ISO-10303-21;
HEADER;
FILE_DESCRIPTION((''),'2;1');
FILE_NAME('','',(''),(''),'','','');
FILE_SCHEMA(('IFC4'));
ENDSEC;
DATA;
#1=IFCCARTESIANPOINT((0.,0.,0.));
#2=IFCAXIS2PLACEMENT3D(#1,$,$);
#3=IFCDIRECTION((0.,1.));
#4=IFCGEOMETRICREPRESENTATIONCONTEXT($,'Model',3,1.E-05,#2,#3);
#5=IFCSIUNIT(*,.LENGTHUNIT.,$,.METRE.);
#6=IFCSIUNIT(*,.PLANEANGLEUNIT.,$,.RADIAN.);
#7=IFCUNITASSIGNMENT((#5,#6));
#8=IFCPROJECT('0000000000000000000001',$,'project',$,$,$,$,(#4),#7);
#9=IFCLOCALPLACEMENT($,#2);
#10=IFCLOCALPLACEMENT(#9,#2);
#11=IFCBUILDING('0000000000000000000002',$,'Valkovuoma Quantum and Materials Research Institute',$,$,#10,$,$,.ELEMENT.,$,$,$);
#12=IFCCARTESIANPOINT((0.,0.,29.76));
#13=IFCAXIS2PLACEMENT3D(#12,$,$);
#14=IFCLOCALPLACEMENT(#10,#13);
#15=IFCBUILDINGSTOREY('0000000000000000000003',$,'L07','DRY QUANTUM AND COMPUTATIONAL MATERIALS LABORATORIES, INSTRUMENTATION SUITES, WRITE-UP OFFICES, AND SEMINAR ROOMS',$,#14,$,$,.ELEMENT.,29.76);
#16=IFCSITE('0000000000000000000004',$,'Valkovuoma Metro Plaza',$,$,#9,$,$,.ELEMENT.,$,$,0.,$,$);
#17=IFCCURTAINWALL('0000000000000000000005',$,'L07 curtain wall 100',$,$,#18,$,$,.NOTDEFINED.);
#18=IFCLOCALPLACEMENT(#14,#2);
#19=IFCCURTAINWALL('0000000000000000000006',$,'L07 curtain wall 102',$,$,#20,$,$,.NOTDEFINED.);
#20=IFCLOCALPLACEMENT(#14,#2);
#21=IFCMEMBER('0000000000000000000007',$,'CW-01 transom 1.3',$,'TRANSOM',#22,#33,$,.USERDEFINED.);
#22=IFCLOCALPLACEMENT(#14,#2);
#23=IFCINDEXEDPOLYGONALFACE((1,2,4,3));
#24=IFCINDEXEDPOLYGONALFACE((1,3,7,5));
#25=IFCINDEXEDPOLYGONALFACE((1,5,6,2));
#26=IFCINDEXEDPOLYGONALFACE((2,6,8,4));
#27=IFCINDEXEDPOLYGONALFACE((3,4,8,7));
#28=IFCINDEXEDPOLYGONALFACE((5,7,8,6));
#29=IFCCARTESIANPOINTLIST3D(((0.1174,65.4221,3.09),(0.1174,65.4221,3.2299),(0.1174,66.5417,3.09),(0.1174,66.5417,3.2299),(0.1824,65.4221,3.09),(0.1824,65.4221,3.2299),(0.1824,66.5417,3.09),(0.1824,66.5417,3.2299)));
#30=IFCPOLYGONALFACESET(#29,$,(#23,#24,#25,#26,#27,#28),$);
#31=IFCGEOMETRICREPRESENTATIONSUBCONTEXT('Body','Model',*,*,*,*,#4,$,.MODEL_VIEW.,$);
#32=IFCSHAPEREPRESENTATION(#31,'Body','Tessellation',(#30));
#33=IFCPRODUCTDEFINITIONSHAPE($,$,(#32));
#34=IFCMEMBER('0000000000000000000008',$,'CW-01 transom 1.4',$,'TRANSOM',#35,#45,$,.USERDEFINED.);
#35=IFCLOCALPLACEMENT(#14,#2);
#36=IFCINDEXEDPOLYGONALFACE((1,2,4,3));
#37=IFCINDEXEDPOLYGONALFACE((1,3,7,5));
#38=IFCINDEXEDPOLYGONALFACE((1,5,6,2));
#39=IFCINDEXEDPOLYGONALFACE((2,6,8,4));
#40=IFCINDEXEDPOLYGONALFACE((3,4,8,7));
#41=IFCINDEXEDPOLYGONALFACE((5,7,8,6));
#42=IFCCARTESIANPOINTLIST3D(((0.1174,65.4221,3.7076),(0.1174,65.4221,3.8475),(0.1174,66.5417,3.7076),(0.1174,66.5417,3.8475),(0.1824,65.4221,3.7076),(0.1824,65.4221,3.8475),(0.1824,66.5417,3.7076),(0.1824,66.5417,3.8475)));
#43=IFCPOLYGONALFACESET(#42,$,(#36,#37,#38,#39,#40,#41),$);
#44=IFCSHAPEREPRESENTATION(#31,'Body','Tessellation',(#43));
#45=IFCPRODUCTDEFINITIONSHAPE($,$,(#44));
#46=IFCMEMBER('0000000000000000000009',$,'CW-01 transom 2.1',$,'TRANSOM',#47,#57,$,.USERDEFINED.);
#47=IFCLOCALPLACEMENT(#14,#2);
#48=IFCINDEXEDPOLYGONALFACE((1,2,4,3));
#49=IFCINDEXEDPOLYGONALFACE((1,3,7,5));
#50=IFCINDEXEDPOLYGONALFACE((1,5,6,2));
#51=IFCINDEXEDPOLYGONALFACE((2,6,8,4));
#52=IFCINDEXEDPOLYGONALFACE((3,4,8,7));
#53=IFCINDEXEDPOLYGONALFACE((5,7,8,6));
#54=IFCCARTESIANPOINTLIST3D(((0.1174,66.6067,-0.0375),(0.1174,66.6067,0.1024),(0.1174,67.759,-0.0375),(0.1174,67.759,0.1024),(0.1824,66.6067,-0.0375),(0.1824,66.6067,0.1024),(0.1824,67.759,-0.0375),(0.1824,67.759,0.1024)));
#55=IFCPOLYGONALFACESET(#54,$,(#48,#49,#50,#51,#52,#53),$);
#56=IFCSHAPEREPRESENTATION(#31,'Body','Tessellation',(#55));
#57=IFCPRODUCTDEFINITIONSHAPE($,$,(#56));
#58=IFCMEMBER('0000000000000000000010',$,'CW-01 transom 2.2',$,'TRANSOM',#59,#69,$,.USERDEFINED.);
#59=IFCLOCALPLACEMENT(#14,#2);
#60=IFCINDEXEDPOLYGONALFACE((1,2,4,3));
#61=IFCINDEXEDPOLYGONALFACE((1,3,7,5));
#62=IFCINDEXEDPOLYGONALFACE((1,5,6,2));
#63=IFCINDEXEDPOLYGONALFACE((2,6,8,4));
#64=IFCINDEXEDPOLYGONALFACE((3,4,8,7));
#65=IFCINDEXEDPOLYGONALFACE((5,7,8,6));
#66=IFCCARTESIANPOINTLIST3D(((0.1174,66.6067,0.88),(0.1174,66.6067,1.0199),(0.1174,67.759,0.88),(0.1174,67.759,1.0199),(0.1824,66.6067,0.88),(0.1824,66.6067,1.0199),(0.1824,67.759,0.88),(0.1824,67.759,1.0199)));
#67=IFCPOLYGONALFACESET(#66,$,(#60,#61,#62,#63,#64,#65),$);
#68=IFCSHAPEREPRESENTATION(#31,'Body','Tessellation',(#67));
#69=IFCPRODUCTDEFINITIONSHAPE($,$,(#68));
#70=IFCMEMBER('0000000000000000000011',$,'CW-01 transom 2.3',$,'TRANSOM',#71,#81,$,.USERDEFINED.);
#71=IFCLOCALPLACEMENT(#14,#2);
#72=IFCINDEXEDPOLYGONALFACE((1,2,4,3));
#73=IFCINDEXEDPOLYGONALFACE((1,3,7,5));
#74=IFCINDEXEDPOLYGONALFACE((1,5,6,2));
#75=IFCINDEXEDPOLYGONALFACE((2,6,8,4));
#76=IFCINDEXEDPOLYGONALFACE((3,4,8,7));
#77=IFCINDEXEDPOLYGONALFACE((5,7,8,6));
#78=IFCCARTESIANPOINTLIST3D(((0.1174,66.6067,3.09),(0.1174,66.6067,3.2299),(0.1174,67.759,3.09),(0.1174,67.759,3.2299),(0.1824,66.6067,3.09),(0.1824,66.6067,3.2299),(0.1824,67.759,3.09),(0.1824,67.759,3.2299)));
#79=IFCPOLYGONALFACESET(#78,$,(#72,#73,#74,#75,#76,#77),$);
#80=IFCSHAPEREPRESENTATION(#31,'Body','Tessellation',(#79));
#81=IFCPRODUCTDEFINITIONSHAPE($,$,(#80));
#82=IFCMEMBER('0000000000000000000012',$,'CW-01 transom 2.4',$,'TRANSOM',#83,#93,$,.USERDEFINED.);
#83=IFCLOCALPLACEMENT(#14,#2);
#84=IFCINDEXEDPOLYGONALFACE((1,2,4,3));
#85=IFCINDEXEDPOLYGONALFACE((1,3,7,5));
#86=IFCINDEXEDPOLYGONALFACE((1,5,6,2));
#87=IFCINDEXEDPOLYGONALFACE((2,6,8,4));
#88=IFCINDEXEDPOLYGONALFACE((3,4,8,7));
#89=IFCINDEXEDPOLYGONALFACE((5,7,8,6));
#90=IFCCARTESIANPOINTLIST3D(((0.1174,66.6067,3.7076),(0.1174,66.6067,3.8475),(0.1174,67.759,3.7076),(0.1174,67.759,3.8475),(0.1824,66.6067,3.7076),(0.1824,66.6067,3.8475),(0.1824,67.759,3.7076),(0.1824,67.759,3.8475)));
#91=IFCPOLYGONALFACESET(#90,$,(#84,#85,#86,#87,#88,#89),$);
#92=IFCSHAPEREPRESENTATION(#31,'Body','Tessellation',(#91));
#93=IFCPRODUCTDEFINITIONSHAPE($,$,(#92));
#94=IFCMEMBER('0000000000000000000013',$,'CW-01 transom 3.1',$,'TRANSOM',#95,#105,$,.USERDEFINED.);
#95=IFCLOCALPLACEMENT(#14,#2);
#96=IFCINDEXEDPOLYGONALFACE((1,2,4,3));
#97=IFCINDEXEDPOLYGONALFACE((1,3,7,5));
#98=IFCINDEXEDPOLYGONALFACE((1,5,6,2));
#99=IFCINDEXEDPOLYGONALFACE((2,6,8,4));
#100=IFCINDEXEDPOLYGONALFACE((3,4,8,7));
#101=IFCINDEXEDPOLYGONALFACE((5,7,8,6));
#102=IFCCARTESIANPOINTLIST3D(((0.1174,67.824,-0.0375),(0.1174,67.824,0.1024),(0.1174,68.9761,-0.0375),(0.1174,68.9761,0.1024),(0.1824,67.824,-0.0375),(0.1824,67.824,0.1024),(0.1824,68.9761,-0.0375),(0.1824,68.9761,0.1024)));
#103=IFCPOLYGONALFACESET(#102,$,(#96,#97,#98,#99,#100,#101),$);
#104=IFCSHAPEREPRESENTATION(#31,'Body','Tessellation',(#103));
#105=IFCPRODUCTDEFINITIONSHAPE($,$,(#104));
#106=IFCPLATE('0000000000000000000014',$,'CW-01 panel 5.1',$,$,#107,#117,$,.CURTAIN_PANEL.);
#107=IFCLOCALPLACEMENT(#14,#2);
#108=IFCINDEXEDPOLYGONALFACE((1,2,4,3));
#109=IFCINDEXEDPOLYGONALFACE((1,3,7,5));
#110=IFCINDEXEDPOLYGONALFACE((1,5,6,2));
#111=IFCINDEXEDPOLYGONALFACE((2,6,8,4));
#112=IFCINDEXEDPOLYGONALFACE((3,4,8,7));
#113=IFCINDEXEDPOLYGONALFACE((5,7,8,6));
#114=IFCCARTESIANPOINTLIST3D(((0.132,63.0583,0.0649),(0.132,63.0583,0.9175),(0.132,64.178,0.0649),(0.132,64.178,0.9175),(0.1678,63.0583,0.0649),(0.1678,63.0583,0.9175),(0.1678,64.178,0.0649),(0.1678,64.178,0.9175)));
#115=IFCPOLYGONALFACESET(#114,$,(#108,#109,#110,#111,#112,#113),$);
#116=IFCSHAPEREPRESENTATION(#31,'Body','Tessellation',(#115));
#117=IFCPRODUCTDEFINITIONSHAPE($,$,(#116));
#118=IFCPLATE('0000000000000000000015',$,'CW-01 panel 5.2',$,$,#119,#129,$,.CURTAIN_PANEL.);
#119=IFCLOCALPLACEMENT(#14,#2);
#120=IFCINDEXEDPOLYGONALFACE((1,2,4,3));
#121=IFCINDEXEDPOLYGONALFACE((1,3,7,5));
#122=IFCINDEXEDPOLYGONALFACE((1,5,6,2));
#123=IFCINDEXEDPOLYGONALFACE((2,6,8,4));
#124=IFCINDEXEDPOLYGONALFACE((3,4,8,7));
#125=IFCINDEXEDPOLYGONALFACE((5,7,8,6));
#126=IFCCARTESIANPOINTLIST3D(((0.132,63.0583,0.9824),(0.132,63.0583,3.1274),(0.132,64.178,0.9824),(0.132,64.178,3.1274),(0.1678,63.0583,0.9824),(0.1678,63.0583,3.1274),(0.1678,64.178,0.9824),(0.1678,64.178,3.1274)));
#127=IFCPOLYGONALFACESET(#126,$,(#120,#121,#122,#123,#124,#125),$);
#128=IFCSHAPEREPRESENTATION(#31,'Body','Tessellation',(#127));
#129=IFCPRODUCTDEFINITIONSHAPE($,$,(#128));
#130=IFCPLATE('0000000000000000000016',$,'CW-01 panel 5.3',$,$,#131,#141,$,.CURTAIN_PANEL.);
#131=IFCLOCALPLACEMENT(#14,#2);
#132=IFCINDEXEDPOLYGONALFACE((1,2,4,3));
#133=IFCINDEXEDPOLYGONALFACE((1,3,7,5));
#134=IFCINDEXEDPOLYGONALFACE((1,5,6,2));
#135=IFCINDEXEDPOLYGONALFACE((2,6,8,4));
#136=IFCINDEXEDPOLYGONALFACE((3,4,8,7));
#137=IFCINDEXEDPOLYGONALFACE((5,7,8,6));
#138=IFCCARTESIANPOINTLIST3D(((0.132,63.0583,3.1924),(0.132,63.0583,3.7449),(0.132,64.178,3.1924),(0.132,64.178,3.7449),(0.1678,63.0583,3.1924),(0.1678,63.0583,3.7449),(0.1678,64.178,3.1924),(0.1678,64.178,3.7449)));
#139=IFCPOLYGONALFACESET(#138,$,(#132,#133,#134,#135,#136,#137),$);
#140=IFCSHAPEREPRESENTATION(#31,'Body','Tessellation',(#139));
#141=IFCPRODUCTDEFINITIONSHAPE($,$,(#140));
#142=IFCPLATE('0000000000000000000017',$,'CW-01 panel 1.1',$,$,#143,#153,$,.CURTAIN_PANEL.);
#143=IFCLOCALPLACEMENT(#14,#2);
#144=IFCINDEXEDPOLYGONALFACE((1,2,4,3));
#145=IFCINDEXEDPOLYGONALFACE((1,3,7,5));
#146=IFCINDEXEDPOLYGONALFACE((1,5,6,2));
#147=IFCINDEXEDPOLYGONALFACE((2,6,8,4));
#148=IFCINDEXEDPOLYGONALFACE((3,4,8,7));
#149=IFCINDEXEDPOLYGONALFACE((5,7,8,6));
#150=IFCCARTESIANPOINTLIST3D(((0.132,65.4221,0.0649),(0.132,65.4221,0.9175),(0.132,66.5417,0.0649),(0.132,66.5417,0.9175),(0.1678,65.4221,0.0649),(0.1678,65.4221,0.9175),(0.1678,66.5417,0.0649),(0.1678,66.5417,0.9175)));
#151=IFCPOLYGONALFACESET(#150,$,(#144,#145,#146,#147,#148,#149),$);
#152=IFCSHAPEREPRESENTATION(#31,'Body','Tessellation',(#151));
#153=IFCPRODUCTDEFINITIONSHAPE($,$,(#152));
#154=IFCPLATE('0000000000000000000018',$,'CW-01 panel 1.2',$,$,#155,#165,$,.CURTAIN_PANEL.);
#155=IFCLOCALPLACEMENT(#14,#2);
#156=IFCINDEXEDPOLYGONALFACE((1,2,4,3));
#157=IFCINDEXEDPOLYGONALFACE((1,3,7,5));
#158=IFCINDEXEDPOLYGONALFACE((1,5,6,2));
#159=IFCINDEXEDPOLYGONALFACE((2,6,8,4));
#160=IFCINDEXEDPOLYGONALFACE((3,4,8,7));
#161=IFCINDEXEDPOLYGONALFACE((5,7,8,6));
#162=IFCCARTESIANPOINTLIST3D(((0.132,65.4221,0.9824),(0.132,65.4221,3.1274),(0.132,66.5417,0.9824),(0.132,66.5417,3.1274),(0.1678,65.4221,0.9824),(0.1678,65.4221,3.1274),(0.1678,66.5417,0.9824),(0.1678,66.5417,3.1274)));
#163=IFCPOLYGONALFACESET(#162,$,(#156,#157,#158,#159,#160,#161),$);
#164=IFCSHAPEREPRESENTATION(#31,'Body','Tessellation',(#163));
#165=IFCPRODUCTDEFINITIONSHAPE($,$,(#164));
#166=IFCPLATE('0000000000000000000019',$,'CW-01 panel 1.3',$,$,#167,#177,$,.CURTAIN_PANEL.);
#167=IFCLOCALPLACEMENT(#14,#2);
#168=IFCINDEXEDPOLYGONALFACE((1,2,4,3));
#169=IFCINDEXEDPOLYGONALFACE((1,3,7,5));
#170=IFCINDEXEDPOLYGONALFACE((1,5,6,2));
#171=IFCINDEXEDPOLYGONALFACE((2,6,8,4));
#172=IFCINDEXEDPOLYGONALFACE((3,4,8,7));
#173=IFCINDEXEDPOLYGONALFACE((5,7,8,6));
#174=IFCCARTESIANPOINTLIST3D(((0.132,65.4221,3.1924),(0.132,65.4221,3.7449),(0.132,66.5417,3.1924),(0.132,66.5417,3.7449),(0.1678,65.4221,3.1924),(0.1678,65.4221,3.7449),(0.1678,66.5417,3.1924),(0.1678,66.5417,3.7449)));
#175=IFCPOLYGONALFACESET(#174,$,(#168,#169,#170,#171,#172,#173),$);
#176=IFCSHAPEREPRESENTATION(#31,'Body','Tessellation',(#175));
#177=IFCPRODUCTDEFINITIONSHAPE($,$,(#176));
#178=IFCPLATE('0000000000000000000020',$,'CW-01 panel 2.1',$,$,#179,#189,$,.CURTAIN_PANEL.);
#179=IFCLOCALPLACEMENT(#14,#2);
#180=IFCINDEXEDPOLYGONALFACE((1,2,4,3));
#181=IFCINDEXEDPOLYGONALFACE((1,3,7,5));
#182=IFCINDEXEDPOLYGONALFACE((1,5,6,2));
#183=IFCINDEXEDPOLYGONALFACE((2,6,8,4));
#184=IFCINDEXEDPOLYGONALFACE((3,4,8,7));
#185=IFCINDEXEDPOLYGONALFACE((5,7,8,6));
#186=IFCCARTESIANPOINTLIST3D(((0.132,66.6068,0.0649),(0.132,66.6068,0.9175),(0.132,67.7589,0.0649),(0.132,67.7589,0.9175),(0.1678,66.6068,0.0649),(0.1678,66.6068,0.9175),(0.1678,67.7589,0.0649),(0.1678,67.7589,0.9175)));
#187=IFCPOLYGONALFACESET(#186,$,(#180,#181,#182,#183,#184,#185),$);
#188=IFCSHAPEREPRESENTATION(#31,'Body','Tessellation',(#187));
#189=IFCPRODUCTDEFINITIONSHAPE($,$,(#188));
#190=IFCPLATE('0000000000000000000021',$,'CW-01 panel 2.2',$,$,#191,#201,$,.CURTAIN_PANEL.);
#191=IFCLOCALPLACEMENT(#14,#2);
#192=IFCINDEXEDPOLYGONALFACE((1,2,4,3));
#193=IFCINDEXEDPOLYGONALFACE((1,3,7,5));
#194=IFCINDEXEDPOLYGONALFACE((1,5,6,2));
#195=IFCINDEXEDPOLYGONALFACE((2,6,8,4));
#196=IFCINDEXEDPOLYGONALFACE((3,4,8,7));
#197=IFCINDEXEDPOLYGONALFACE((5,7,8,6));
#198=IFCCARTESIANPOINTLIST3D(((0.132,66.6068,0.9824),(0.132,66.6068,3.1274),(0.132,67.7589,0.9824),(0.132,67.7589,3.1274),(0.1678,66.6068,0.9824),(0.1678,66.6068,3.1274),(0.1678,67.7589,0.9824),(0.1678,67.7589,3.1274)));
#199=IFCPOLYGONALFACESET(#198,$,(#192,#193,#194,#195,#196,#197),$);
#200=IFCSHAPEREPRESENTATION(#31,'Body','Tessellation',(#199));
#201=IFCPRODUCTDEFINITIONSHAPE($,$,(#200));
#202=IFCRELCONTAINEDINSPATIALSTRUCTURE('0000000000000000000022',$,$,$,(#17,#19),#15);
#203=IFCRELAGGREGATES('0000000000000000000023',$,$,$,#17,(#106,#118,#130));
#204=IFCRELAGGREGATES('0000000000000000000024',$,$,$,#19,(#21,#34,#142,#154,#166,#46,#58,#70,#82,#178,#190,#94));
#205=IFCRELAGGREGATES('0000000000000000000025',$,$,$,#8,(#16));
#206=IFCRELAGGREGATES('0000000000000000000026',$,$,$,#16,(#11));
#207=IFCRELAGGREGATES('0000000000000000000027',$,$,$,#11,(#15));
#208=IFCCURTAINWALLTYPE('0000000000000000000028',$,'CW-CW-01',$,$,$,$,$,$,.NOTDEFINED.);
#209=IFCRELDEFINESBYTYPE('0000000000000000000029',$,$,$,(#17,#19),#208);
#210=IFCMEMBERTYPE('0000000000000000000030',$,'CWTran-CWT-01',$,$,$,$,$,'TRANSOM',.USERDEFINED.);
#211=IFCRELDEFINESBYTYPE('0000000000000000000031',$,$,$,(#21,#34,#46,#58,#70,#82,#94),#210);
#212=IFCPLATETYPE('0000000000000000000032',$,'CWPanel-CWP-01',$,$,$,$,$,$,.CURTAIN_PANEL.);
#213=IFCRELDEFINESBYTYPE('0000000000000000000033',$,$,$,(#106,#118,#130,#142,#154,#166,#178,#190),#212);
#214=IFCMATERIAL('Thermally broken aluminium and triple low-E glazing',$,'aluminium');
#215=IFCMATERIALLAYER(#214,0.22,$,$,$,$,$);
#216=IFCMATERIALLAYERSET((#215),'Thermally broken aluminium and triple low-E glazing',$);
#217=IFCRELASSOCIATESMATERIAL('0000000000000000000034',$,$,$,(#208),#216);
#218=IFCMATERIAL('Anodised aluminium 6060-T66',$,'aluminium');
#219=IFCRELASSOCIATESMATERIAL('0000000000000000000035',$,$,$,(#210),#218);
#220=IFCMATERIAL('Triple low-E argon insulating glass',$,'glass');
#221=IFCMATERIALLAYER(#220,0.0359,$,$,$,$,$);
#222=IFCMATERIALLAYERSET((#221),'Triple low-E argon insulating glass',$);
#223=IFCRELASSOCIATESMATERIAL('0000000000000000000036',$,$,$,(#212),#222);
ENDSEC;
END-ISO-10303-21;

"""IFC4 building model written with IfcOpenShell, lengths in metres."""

from ifc_helpers import new_model, si_unit, direction, frame, origin, origin_2d, place, context, subcontext, project, spatial, rectangle, extrude, material, layer, layer_set, material_profile, profile_set, type_object, element, aggregate, save


model = new_model("IFC4")

# Units and contexts
model_context = context("Model", 3, precision=1e-05, world=origin(), true_north=direction((0.0, 1.0)))
body_context = subcontext(model_context, "Body", "Model", "MODEL_VIEW")
ifc_project = project(units=[si_unit("LENGTHUNIT", "METRE"), si_unit("PLANEANGLEUNIT", "RADIAN")], contexts=[model_context])

# Site, building, storey
site_placement = place(None, origin())
site = spatial("IfcSite", under=ifc_project, at=site_placement, Name="Valkovuoma Metro Plaza", CompositionType="ELEMENT", RefElevation=0.0)
building_placement = place(site_placement, origin())
building = spatial("IfcBuilding", under=site, at=building_placement, Name="Valkovuoma Quantum and Materials Research Institute", CompositionType="ELEMENT")
storey_placement = place(building_placement, frame((0.0, 0.0, 29.76)))
storey = spatial("IfcBuildingStorey", under=building, at=storey_placement, Name="L07", Description="DRY QUANTUM AND COMPUTATIONAL MATERIALS LABORATORIES, INSTRUMENTATION SUITES, WRITE-UP OFFICES, AND SEMINAR ROOMS", CompositionType="ELEMENT", Elevation=29.76)

# Curtain wall
ifc_material_1 = material(Name="Thermally broken aluminium and triple low-E glazing", Category="aluminium")
ifc_layer_1 = layer(ifc_material_1, 0.22)
ifc_layer_set_1 = layer_set([ifc_layer_1], Name="Thermally broken aluminium and triple low-E glazing")
curtain_wall_type = type_object("IfcCurtainWallType", Name="CW-CW-01", PredefinedType="NOTDEFINED", material=ifc_layer_set_1)
curtain_wall_1_placement = place(storey_placement, origin())
curtain_wall_1 = element("IfcCurtainWall", 1, at=curtain_wall_1_placement, inside=storey, type_object=curtain_wall_type, Name="L07 curtain wall 100", PredefinedType="NOTDEFINED")

# Curtain wall, members
curtain_wall_2_placement = place(storey_placement, origin())
curtain_wall_2 = element("IfcCurtainWall", 2, at=curtain_wall_2_placement, inside=storey, type_object=curtain_wall_type, Name="L07 curtain wall 102", PredefinedType="NOTDEFINED")
ifc_material_2 = material(Name="Anodised aluminium 6060-T66", Category="aluminium")
ifc_material_profile_1 = material_profile(ifc_material_2, rectangle(XDim=0.0649, YDim=0.1399, at=origin_2d()), Name="Anodised aluminium 6060-T66")
ifc_profile_set_1 = profile_set([ifc_material_profile_1], Name="Anodised aluminium 6060-T66")
member_type_1 = type_object("IfcMemberType", Name="CWTran-CWT-01", ElementType="TRANSOM", PredefinedType="USERDEFINED", material=ifc_profile_set_1)
member_1_placement = place(storey_placement, frame((0.1499, 65.4221, 3.1599), z_axis=(0.0, 1.0, 0.0), x_axis=(-1.0, 0.0, 0.0)))
member_1 = element("IfcMember", 3, at=member_1_placement, type_object=member_type_1, Name="CW-01 transom 1.3", ObjectType="TRANSOM", PredefinedType="USERDEFINED", context=body_context, shape_type="SweptSolid", body=[
    extrude(rectangle(XDim=0.0649, YDim=0.1399, at=origin_2d()), origin(), (0.0, 0.0, 1.0), 1.1196),
])
member_2_placement = place(storey_placement, frame((0.1499, 65.4221, 3.7776), z_axis=(0.0, 1.0, 0.0), x_axis=(-1.0, 0.0, 0.0)))
member_2 = element("IfcMember", 4, at=member_2_placement, type_object=member_type_1, Name="CW-01 transom 1.4", ObjectType="TRANSOM", PredefinedType="USERDEFINED", context=body_context, shape_type="SweptSolid", body=[
    extrude(rectangle(XDim=0.0649, YDim=0.1399, at=origin_2d()), origin(), (0.0, 0.0, 1.0), 1.1196),
])
member_3_placement = place(storey_placement, frame((0.1499, 66.6067, 0.0325), z_axis=(0.0, 1.0, 0.0), x_axis=(-1.0, 0.0, 0.0)))
member_3 = element("IfcMember", 5, at=member_3_placement, type_object=member_type_1, Name="CW-01 transom 2.1", ObjectType="TRANSOM", PredefinedType="USERDEFINED", context=body_context, shape_type="SweptSolid", body=[
    extrude(rectangle(XDim=0.0649, YDim=0.1399, at=origin_2d()), origin(), (0.0, 0.0, 1.0), 1.1523),
])
member_4_placement = place(storey_placement, frame((0.1499, 66.6067, 0.95), z_axis=(0.0, 1.0, 0.0), x_axis=(-1.0, 0.0, 0.0)))
member_4 = element("IfcMember", 6, at=member_4_placement, type_object=member_type_1, Name="CW-01 transom 2.2", ObjectType="TRANSOM", PredefinedType="USERDEFINED", context=body_context, shape_type="SweptSolid", body=[
    extrude(rectangle(XDim=0.0649, YDim=0.1399, at=origin_2d()), origin(), (0.0, 0.0, 1.0), 1.1523),
])
member_5_placement = place(storey_placement, frame((0.1499, 66.6067, 3.1599), z_axis=(0.0, 1.0, 0.0), x_axis=(-1.0, 0.0, 0.0)))
member_5 = element("IfcMember", 7, at=member_5_placement, type_object=member_type_1, Name="CW-01 transom 2.3", ObjectType="TRANSOM", PredefinedType="USERDEFINED", context=body_context, shape_type="SweptSolid", body=[
    extrude(rectangle(XDim=0.0649, YDim=0.1399, at=origin_2d()), origin(), (0.0, 0.0, 1.0), 1.1523),
])
member_6_placement = place(storey_placement, frame((0.1499, 66.6067, 3.7776), z_axis=(0.0, 1.0, 0.0), x_axis=(-1.0, 0.0, 0.0)))
member_6 = element("IfcMember", 8, at=member_6_placement, type_object=member_type_1, Name="CW-01 transom 2.4", ObjectType="TRANSOM", PredefinedType="USERDEFINED", context=body_context, shape_type="SweptSolid", body=[
    extrude(rectangle(XDim=0.0649, YDim=0.1399, at=origin_2d()), origin(), (0.0, 0.0, 1.0), 1.1523),
])
member_7_placement = place(storey_placement, frame((0.1499, 67.824, 0.0325), z_axis=(0.0, 1.0, 0.0), x_axis=(-1.0, 0.0, 0.0)))
member_7 = element("IfcMember", 9, at=member_7_placement, type_object=member_type_1, Name="CW-01 transom 3.1", ObjectType="TRANSOM", PredefinedType="USERDEFINED", context=body_context, shape_type="SweptSolid", body=[
    extrude(rectangle(XDim=0.0649, YDim=0.1399, at=origin_2d()), origin(), (0.0, 0.0, 1.0), 1.1521),
])

# Plates
ifc_material_3 = material(Name="Triple low-E argon insulating glass", Category="glass")
ifc_layer_2 = layer(ifc_material_3, 0.0359)
ifc_layer_set_2 = layer_set([ifc_layer_2], Name="Triple low-E argon insulating glass")
plate_type = type_object("IfcPlateType", Name="CWPanel-CWP-01", PredefinedType="CURTAIN_PANEL", material=ifc_layer_set_2)
plate_1_placement = place(storey_placement, frame((0.1499, 63.6182, 0.0649), z_axis=(0.0, 0.0, 1.0), x_axis=(0.0, 1.0, 0.0)))
plate_1 = element("IfcPlate", 10, at=plate_1_placement, type_object=plate_type, Name="CW-01 panel 5.1", PredefinedType="CURTAIN_PANEL", context=body_context, shape_type="SweptSolid", body=[
    extrude(rectangle(XDim=1.1196, YDim=0.0359, at=origin_2d()), origin(), (0.0, 0.0, 1.0), 0.8525),
])
plate_2_placement = place(storey_placement, frame((0.1499, 63.6182, 0.9824), z_axis=(0.0, 0.0, 1.0), x_axis=(0.0, 1.0, 0.0)))
plate_2 = element("IfcPlate", 11, at=plate_2_placement, type_object=plate_type, Name="CW-01 panel 5.2", PredefinedType="CURTAIN_PANEL", context=body_context, shape_type="SweptSolid", body=[
    extrude(rectangle(XDim=1.1196, YDim=0.0359, at=origin_2d()), origin(), (0.0, 0.0, 1.0), 2.145),
])
plate_3_placement = place(storey_placement, frame((0.1499, 63.6182, 3.1924), z_axis=(0.0, 0.0, 1.0), x_axis=(0.0, 1.0, 0.0)))
plate_3 = element("IfcPlate", 12, at=plate_3_placement, type_object=plate_type, Name="CW-01 panel 5.3", PredefinedType="CURTAIN_PANEL", context=body_context, shape_type="SweptSolid", body=[
    extrude(rectangle(XDim=1.1196, YDim=0.0359, at=origin_2d()), origin(), (0.0, 0.0, 1.0), 0.5525),
])
aggregate(curtain_wall_1, [plate_1, plate_2, plate_3])
plate_4_placement = place(storey_placement, frame((0.1499, 65.9819, 0.0649), z_axis=(0.0, 0.0, 1.0), x_axis=(0.0, 1.0, 0.0)))
plate_4 = element("IfcPlate", 13, at=plate_4_placement, type_object=plate_type, Name="CW-01 panel 1.1", PredefinedType="CURTAIN_PANEL", context=body_context, shape_type="SweptSolid", body=[
    extrude(rectangle(XDim=1.1196, YDim=0.0359, at=origin_2d()), origin(), (0.0, 0.0, 1.0), 0.8525),
])
plate_5_placement = place(storey_placement, frame((0.1499, 65.9819, 0.9824), z_axis=(0.0, 0.0, 1.0), x_axis=(0.0, 1.0, 0.0)))
plate_5 = element("IfcPlate", 14, at=plate_5_placement, type_object=plate_type, Name="CW-01 panel 1.2", PredefinedType="CURTAIN_PANEL", context=body_context, shape_type="SweptSolid", body=[
    extrude(rectangle(XDim=1.1196, YDim=0.0359, at=origin_2d()), origin(), (0.0, 0.0, 1.0), 2.145),
])
plate_6_placement = place(storey_placement, frame((0.1499, 65.9819, 3.1924), z_axis=(0.0, 0.0, 1.0), x_axis=(0.0, 1.0, 0.0)))
plate_6 = element("IfcPlate", 15, at=plate_6_placement, type_object=plate_type, Name="CW-01 panel 1.3", PredefinedType="CURTAIN_PANEL", context=body_context, shape_type="SweptSolid", body=[
    extrude(rectangle(XDim=1.1196, YDim=0.0359, at=origin_2d()), origin(), (0.0, 0.0, 1.0), 0.5525),
])
plate_7_placement = place(storey_placement, frame((0.1499, 67.1829, 0.0649), z_axis=(0.0, 0.0, 1.0), x_axis=(0.0, 1.0, 0.0)))
plate_7 = element("IfcPlate", 16, at=plate_7_placement, type_object=plate_type, Name="CW-01 panel 2.1", PredefinedType="CURTAIN_PANEL", context=body_context, shape_type="SweptSolid", body=[
    extrude(rectangle(XDim=1.1521, YDim=0.0359, at=origin_2d()), origin(), (0.0, 0.0, 1.0), 0.8525),
])
plate_8_placement = place(storey_placement, frame((0.1499, 67.1829, 0.9824), z_axis=(0.0, 0.0, 1.0), x_axis=(0.0, 1.0, 0.0)))
plate_8 = element("IfcPlate", 17, at=plate_8_placement, type_object=plate_type, Name="CW-01 panel 2.2", PredefinedType="CURTAIN_PANEL", context=body_context, shape_type="SweptSolid", body=[
    extrude(rectangle(XDim=1.1521, YDim=0.0359, at=origin_2d()), origin(), (0.0, 0.0, 1.0), 2.145),
])
aggregate(curtain_wall_2, [member_1, member_2, plate_4, plate_5, plate_6, member_3, member_4, member_5, member_6, plate_7, plate_8, member_7])

save(model, "model.ifc")
